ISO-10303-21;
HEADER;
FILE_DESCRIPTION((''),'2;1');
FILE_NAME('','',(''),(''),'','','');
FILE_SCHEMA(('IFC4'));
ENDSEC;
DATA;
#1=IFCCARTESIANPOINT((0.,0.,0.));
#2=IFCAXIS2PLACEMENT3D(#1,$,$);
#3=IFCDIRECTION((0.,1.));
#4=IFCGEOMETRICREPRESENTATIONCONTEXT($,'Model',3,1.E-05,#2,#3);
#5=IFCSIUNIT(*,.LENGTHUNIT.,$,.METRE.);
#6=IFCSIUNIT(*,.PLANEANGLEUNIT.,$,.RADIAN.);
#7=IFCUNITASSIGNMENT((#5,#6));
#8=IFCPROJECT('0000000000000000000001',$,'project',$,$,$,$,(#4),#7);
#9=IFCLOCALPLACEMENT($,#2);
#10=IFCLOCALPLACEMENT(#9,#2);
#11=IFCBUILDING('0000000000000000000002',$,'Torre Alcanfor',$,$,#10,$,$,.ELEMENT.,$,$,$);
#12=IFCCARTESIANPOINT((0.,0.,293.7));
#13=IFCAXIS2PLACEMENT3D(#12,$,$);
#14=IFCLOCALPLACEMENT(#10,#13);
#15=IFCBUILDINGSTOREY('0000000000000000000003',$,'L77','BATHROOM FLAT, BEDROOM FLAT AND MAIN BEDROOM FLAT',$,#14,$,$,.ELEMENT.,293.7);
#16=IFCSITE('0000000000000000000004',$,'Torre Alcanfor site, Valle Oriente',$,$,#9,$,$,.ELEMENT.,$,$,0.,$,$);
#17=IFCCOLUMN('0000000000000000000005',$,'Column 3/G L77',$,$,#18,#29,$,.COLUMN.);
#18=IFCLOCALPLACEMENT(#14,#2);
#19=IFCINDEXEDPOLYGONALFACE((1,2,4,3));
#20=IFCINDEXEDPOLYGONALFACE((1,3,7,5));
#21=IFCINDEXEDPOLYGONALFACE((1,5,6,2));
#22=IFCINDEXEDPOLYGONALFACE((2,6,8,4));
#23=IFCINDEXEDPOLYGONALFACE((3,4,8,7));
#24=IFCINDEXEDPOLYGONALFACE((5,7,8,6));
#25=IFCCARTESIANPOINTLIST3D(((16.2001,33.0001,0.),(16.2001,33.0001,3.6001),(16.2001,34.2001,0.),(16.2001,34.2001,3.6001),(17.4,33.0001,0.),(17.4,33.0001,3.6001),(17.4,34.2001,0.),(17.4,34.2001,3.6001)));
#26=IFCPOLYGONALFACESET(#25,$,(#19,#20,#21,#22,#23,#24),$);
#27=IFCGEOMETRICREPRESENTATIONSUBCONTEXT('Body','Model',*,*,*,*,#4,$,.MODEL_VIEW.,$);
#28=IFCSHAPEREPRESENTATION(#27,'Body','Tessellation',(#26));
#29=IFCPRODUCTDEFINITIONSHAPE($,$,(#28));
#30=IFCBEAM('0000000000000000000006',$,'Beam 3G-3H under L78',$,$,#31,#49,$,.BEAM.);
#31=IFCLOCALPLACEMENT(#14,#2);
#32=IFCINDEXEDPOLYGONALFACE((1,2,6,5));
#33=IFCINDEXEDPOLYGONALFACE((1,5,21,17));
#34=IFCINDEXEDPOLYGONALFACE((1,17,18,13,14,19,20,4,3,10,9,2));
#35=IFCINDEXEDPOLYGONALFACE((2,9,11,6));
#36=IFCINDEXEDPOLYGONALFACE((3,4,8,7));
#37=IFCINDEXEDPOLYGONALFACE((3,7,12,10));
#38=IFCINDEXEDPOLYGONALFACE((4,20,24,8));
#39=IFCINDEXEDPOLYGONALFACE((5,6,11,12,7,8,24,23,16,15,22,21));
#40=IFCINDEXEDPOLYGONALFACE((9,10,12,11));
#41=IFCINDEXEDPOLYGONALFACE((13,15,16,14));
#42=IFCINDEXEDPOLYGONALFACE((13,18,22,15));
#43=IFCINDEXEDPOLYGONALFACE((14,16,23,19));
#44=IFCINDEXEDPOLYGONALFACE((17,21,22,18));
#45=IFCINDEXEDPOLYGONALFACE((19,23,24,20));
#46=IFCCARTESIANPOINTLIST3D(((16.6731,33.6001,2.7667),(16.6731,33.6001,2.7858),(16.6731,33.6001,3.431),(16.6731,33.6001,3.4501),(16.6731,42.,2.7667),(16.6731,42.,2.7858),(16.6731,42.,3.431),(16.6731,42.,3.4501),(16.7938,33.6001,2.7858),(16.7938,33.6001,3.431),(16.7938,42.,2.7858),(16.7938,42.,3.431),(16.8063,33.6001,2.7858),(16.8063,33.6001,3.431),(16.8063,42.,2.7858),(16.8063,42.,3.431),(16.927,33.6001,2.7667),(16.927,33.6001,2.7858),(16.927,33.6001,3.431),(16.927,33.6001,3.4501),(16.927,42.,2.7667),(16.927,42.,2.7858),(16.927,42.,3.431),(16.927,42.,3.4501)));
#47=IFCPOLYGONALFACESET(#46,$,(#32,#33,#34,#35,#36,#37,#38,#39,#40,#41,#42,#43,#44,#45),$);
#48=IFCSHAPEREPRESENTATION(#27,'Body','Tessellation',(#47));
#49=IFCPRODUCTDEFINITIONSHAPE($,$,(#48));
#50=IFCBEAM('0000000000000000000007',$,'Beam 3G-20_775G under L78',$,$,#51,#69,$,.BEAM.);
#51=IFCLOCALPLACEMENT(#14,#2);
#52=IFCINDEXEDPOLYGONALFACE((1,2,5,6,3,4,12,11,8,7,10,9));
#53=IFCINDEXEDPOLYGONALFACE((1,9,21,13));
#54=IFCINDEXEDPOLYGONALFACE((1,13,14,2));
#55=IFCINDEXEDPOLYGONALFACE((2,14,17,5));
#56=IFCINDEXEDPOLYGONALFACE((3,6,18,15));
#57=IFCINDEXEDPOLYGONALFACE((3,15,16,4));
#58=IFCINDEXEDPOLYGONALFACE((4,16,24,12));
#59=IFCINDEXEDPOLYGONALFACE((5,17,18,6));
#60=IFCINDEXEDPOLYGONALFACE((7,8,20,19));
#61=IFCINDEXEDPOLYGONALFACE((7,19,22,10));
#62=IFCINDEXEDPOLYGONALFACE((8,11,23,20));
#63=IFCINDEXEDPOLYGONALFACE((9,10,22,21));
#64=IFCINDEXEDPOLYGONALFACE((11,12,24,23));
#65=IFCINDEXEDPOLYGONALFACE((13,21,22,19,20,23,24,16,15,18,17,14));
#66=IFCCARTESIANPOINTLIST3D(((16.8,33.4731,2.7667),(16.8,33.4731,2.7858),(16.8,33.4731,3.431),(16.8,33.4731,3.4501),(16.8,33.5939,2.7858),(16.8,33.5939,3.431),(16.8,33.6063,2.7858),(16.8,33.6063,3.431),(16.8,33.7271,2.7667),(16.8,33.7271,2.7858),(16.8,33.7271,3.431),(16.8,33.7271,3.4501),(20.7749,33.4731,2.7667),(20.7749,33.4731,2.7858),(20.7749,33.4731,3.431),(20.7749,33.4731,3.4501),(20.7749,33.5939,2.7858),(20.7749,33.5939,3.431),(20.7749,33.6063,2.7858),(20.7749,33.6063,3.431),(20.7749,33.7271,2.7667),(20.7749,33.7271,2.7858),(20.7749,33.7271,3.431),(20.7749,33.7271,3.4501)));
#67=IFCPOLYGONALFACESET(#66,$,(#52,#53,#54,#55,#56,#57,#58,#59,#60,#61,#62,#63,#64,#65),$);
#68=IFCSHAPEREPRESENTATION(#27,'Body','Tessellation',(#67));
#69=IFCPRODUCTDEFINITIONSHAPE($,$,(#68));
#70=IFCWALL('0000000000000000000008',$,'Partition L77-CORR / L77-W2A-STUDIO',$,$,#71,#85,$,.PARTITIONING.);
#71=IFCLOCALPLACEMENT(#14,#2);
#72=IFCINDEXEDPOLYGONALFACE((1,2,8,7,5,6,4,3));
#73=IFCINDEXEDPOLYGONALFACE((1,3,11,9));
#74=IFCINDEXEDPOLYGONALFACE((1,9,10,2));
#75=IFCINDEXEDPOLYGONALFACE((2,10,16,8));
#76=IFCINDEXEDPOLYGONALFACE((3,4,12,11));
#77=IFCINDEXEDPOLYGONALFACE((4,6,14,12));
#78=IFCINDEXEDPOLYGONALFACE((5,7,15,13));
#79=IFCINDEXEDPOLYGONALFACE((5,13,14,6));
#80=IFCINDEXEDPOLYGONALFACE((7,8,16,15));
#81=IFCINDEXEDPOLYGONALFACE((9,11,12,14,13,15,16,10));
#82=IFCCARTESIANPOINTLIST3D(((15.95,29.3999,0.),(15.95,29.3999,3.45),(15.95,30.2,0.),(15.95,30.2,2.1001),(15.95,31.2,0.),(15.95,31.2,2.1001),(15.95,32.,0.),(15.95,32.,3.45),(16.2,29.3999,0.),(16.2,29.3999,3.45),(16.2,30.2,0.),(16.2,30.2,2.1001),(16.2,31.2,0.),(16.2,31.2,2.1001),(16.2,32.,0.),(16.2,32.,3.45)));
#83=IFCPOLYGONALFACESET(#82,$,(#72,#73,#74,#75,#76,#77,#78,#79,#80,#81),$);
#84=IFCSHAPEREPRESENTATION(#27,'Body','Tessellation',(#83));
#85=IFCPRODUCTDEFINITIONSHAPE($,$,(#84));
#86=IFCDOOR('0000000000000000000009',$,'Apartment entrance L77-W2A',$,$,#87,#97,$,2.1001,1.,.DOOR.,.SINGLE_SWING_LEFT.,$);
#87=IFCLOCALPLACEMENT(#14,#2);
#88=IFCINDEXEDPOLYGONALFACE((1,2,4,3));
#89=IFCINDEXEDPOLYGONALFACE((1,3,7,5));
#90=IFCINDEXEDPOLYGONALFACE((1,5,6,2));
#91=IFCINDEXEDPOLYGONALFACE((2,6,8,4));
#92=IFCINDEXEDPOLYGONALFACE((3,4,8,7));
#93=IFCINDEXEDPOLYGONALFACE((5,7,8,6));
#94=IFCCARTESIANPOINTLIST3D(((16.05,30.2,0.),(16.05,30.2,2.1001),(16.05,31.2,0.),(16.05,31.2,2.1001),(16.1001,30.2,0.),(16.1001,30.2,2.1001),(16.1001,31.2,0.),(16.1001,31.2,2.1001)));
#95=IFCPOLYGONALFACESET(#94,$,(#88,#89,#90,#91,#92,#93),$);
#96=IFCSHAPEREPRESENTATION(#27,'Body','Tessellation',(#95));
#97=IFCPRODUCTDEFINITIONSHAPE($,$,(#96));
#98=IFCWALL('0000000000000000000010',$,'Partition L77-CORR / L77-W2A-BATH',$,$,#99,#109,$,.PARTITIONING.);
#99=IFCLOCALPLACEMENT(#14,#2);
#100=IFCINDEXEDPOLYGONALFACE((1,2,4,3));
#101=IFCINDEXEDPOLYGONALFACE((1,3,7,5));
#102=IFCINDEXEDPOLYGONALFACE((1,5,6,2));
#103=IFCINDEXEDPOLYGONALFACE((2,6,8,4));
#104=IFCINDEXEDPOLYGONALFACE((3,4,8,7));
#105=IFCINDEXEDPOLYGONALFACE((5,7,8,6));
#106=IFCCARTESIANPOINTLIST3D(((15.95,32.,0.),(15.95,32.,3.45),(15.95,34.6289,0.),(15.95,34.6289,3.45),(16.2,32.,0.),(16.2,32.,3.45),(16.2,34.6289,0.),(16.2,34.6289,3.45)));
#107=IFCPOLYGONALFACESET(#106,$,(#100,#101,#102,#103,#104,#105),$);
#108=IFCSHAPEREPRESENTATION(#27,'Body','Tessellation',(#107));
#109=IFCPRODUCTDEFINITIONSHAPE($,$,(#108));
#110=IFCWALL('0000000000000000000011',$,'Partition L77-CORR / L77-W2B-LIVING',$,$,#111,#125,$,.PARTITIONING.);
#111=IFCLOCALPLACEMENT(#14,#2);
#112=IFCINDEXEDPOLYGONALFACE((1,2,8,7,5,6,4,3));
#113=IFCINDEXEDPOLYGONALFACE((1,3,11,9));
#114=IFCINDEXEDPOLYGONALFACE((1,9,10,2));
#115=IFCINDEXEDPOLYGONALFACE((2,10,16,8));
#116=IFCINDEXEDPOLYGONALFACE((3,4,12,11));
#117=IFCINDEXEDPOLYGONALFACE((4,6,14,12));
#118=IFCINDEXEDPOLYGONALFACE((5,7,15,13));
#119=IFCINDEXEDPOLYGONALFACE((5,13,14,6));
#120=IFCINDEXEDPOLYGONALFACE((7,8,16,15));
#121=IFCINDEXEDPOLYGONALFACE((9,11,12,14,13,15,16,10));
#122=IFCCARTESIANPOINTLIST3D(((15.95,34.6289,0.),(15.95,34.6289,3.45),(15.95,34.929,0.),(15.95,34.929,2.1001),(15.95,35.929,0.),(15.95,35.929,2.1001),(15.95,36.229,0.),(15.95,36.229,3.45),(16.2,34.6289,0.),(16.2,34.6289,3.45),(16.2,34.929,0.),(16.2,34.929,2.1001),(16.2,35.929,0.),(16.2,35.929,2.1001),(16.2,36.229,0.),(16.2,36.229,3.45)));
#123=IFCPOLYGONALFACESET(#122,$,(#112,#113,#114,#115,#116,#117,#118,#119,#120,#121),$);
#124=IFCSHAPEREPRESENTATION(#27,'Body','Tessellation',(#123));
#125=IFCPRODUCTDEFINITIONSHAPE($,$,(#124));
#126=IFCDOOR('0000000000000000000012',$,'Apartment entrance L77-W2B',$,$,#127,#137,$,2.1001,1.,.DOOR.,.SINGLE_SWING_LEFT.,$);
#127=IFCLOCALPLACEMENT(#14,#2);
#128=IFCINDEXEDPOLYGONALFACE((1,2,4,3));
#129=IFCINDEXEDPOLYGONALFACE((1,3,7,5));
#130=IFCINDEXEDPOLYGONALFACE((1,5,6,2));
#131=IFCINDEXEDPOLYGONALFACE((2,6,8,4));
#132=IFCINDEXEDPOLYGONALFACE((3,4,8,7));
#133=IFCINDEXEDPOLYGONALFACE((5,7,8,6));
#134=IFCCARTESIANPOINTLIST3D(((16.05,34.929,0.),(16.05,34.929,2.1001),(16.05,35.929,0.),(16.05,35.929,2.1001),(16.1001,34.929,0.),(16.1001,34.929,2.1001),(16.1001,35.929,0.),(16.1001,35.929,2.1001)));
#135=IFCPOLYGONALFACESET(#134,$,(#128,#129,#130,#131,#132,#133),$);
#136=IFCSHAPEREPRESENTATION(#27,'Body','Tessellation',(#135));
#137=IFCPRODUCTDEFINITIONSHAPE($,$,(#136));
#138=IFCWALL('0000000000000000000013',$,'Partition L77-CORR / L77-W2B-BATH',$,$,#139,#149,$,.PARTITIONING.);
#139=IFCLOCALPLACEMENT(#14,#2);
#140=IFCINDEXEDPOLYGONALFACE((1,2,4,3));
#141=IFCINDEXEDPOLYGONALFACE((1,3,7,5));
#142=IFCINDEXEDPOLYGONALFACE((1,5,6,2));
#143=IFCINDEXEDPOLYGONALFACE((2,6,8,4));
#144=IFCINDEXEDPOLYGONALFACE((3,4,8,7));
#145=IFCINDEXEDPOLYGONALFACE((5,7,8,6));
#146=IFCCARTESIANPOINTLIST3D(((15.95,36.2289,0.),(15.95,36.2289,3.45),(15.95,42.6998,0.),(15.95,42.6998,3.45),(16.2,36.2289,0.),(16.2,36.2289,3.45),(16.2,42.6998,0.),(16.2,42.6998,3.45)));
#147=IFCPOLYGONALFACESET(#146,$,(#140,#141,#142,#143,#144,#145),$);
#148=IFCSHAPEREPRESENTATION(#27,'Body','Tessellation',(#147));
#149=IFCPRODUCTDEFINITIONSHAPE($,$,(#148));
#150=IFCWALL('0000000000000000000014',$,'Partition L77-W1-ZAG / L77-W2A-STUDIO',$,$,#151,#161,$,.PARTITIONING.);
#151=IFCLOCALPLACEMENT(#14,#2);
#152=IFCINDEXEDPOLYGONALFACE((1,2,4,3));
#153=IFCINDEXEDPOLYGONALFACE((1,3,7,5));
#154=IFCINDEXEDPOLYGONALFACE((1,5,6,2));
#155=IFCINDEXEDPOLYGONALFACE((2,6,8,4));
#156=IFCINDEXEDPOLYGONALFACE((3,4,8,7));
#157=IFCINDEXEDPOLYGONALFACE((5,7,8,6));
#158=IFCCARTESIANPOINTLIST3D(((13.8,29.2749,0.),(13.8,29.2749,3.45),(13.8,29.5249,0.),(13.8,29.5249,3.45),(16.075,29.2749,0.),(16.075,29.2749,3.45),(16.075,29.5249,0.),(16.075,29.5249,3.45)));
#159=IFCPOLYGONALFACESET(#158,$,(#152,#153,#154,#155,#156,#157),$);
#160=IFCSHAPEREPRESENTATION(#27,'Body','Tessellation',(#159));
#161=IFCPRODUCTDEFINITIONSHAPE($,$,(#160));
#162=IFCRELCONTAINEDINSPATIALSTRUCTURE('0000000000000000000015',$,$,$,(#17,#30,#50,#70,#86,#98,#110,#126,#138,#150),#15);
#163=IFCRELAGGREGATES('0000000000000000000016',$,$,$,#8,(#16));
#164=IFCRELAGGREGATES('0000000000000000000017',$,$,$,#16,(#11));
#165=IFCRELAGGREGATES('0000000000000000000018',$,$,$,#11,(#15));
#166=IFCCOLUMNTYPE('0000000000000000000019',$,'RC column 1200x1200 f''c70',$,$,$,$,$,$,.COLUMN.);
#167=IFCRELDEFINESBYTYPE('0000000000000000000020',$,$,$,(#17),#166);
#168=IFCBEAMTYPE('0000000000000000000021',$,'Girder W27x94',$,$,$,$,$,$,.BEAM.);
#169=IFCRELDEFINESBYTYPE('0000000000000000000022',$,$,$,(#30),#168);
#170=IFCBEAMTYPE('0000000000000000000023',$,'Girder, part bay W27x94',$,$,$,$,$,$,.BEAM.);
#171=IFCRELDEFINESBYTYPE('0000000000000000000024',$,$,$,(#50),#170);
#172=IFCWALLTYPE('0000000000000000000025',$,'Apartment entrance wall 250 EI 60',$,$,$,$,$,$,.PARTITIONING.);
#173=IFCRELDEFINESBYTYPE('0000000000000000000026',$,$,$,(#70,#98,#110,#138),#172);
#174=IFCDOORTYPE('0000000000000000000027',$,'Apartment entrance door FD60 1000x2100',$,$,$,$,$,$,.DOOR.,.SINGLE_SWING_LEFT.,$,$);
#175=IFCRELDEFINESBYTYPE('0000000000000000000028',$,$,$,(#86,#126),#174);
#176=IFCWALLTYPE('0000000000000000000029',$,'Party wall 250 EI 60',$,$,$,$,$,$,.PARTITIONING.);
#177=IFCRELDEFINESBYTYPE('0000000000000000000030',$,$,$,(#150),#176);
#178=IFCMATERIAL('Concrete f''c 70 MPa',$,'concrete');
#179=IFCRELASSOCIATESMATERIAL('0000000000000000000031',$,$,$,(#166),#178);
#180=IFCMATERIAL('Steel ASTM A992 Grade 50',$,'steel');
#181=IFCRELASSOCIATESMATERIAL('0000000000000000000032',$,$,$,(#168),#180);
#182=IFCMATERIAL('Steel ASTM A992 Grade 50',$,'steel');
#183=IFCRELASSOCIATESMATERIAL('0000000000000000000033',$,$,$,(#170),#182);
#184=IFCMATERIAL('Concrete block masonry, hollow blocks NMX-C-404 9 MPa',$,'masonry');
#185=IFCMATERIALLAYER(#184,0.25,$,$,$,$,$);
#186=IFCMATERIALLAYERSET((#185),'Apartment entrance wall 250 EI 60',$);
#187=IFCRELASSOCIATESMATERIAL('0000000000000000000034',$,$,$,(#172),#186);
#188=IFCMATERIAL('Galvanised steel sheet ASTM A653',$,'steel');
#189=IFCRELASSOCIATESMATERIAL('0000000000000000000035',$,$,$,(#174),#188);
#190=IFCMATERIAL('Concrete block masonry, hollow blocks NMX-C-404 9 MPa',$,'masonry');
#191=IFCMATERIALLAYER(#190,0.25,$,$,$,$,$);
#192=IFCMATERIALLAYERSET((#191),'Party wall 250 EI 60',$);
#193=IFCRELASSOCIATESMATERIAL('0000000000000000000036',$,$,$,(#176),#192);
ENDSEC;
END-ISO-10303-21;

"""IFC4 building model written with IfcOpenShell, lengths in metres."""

from ifc_helpers import new_model, si_unit, direction, frame, frame_2d, origin, origin_2d, place, context, subcontext, project, spatial, rectangle, i_section, extrude, material, layer, layer_set, material_profile, profile_set, type_object, element, fill, save


model = new_model("IFC4")

# Units and contexts
model_context = context("Model", 3, precision=1e-05, world=origin(), true_north=direction((0.0, 1.0)))
body_context = subcontext(model_context, "Body", "Model", "MODEL_VIEW")
ifc_project = project(units=[si_unit("LENGTHUNIT", "METRE"), si_unit("PLANEANGLEUNIT", "RADIAN")], contexts=[model_context])

# Site, building, storey
site_placement = place(None, origin())
site = spatial("IfcSite", under=ifc_project, at=site_placement, Name="Torre Alcanfor site, Valle Oriente", CompositionType="ELEMENT", RefElevation=0.0)
building_placement = place(site_placement, origin())
building = spatial("IfcBuilding", under=site, at=building_placement, Name="Torre Alcanfor", CompositionType="ELEMENT")
storey_placement = place(building_placement, frame((0.0, 0.0, 293.7)))
storey = spatial("IfcBuildingStorey", under=building, at=storey_placement, Name="L77", Description="BATHROOM FLAT, BEDROOM FLAT AND MAIN BEDROOM FLAT", CompositionType="ELEMENT", Elevation=293.7)

# Column
ifc_material_1 = material(Name="Concrete f'c 70 MPa", Category="concrete")
ifc_material_profile_1 = material_profile(ifc_material_1, rectangle(XDim=1.2, YDim=1.2, at=origin_2d()), Name="1200x1200")
ifc_profile_set_1 = profile_set([ifc_material_profile_1], Name="Concrete f'c 70 MPa")
column_type = type_object("IfcColumnType", Name="RC column 1200x1200 f'c70", PredefinedType="COLUMN", material=ifc_profile_set_1)
column_placement = place(storey_placement, frame((16.8, 33.6001, 0.0), z_axis=(0.0, 0.0, 1.0), x_axis=(1.0, 0.0, 0.0)))
element("IfcColumn", 1, at=column_placement, inside=storey, type_object=column_type, Name="Column 3/G L77", PredefinedType="COLUMN", context=body_context, shape_type="SweptSolid", body=[
    extrude(rectangle(XDim=1.2, YDim=1.2, at=origin_2d()), origin(), (0.0, 0.0, 1.0), 3.6001),
])

# Beams
ifc_material_2 = material(Name="Steel ASTM A992 Grade 50", Category="steel")
ifc_material_profile_2 = material_profile(ifc_material_2, i_section(OverallWidth=0.2539, OverallDepth=0.6833, WebThickness=0.0125, FlangeThickness=0.019, at=origin_2d()), Name="W27x94")
ifc_profile_set_2 = profile_set([ifc_material_profile_2], Name="Steel ASTM A992 Grade 50")
beam_type_1 = type_object("IfcBeamType", Name="Girder W27x94", PredefinedType="BEAM", material=ifc_profile_set_2)
beam_1_placement = place(storey_placement, frame((16.8, 33.6001, 3.1084), z_axis=(0.0, 1.0, 0.0), x_axis=(-1.0, 0.0, 0.0)))
element("IfcBeam", 2, at=beam_1_placement, inside=storey, type_object=beam_type_1, Name="Beam 3G-3H under L78", PredefinedType="BEAM", context=body_context, shape_type="SweptSolid", body=[
    extrude(i_section(OverallWidth=0.2539, OverallDepth=0.6833, WebThickness=0.0125, FlangeThickness=0.019, at=origin_2d()), origin(), (0.0, 0.0, 1.0), 8.3999),
])
ifc_material_3 = material(Name="Steel ASTM A992 Grade 50", Category="steel")
ifc_material_profile_3 = material_profile(ifc_material_3, i_section(OverallWidth=0.2539, OverallDepth=0.6833, WebThickness=0.0125, FlangeThickness=0.019, at=origin_2d()), Name="W27x94")
ifc_profile_set_3 = profile_set([ifc_material_profile_3], Name="Steel ASTM A992 Grade 50")
beam_type_2 = type_object("IfcBeamType", Name="Girder, part bay W27x94", PredefinedType="BEAM", material=ifc_profile_set_3)
beam_2_placement = place(storey_placement, frame((16.8, 33.6001, 3.1084), z_axis=(1.0, 0.0, 0.0), x_axis=(0.0, 1.0, 0.0)))
element("IfcBeam", 3, at=beam_2_placement, inside=storey, type_object=beam_type_2, Name="Beam 3G-20_775G under L78", PredefinedType="BEAM", context=body_context, shape_type="SweptSolid", body=[
    extrude(i_section(OverallWidth=0.2539, OverallDepth=0.6833, WebThickness=0.0125, FlangeThickness=0.019, at=origin_2d()), origin(), (0.0, 0.0, 1.0), 3.9749),
])

# Wall, opening, door
ifc_material_4 = material(Name="Concrete block masonry, hollow blocks NMX-C-404 9 MPa", Category="masonry")
ifc_layer_1 = layer(ifc_material_4, 0.25)
ifc_layer_set_1 = layer_set([ifc_layer_1], Name="Apartment entrance wall 250 EI 60")
wall_type_1 = type_object("IfcWallType", Name="Apartment entrance wall 250 EI 60", PredefinedType="PARTITIONING", material=ifc_layer_set_1)
wall_1_placement = place(storey_placement, frame((16.075, 29.3999, 0.0), z_axis=(0.0, 0.0, 1.0), x_axis=(0.0, 1.0, 0.0)))
wall_1 = element("IfcWall", 4, at=wall_1_placement, inside=storey, type_object=wall_type_1, Name="Partition L77-CORR / L77-W2A-STUDIO", PredefinedType="PARTITIONING", context=body_context, shape_type="SweptSolid", body=[
    extrude(rectangle(XDim=2.6001, YDim=0.25, at=frame_2d((1.3, 0.0))), origin(), (0.0, 0.0, 1.0), 3.45),
])
opening_1_placement = place(wall_1_placement, frame((0.8, 0.0, 0.0)))
opening_1 = element("IfcOpeningElement", 5, at=opening_1_placement, cuts=wall_1, PredefinedType="OPENING", context=body_context, shape_type="SweptSolid", body=[
    extrude(rectangle(XDim=1.0, YDim=2.1001, at=frame_2d((0.5, 1.05))), frame((0.0, 0.135, 0.0), z_axis=(0.0, -1.0, 0.0), x_axis=(1.0, 0.0, 0.0)), (0.0, 0.0, 1.0), 0.27),
])
ifc_material_5 = material(Name="Galvanised steel sheet ASTM A653", Category="steel")
door_type_1 = type_object("IfcDoorType", Name="Apartment entrance door FD60 1000x2100", OperationType="SINGLE_SWING_LEFT", PredefinedType="DOOR", material=ifc_material_5)
door_1_placement = place(opening_1_placement, origin())
door_1 = element("IfcDoor", 6, at=door_1_placement, inside=storey, type_object=door_type_1, Name="Apartment entrance L77-W2A", OperationType="SINGLE_SWING_LEFT", OverallHeight=2.1001, OverallWidth=1.0, PredefinedType="DOOR", context=body_context, shape_type="SweptSolid", body=[
    extrude(rectangle(XDim=1.0, YDim=2.1001, at=frame_2d((0.5, 1.05))), frame((0.0, 0.0249, 0.0), z_axis=(0.0, -1.0, 0.0), x_axis=(1.0, 0.0, 0.0)), (0.0, 0.0, 1.0), 0.05),
])
fill(opening_1, door_1)

# Wall
wall_2_placement = place(storey_placement, frame((16.075, 32.0, 0.0), z_axis=(0.0, 0.0, 1.0), x_axis=(0.0, 1.0, 0.0)))
element("IfcWall", 7, at=wall_2_placement, inside=storey, type_object=wall_type_1, Name="Partition L77-CORR / L77-W2A-BATH", PredefinedType="PARTITIONING", context=body_context, shape_type="SweptSolid", body=[
    extrude(rectangle(XDim=2.6289, YDim=0.25, at=frame_2d((1.3145, 0.0))), origin(), (0.0, 0.0, 1.0), 3.45),
])

# Wall, opening, door
wall_3_placement = place(storey_placement, frame((16.075, 34.6289, 0.0), z_axis=(0.0, 0.0, 1.0), x_axis=(0.0, 1.0, 0.0)))
wall_3 = element("IfcWall", 8, at=wall_3_placement, inside=storey, type_object=wall_type_1, Name="Partition L77-CORR / L77-W2B-LIVING", PredefinedType="PARTITIONING", context=body_context, shape_type="SweptSolid", body=[
    extrude(rectangle(XDim=1.6001, YDim=0.25, at=frame_2d((0.8, 0.0))), origin(), (0.0, 0.0, 1.0), 3.45),
])
opening_2_placement = place(wall_3_placement, frame((0.3, 0.0, 0.0)))
opening_2 = element("IfcOpeningElement", 9, at=opening_2_placement, cuts=wall_3, PredefinedType="OPENING", context=body_context, shape_type="SweptSolid", body=[
    extrude(rectangle(XDim=1.0, YDim=2.1001, at=frame_2d((0.5, 1.05))), frame((0.0, 0.135, 0.0), z_axis=(0.0, -1.0, 0.0), x_axis=(1.0, 0.0, 0.0)), (0.0, 0.0, 1.0), 0.27),
])
door_2_placement = place(opening_2_placement, origin())
door_2 = element("IfcDoor", 10, at=door_2_placement, inside=storey, type_object=door_type_1, Name="Apartment entrance L77-W2B", OperationType="SINGLE_SWING_LEFT", OverallHeight=2.1001, OverallWidth=1.0, PredefinedType="DOOR", context=body_context, shape_type="SweptSolid", body=[
    extrude(rectangle(XDim=1.0, YDim=2.1001, at=frame_2d((0.5, 1.05))), frame((0.0, 0.0249, 0.0), z_axis=(0.0, -1.0, 0.0), x_axis=(1.0, 0.0, 0.0)), (0.0, 0.0, 1.0), 0.05),
])
fill(opening_2, door_2)

# Walls
wall_4_placement = place(storey_placement, frame((16.075, 36.229, 0.0), z_axis=(0.0, 0.0, 1.0), x_axis=(0.0, 1.0, 0.0)))
element("IfcWall", 11, at=wall_4_placement, inside=storey, type_object=wall_type_1, Name="Partition L77-CORR / L77-W2B-BATH", PredefinedType="PARTITIONING", context=body_context, shape_type="SweptSolid", body=[
    extrude(rectangle(XDim=6.4709, YDim=0.25, at=frame_2d((3.2354, 0.0))), origin(), (0.0, 0.0, 1.0), 3.45),
])
ifc_material_6 = material(Name="Concrete block masonry, hollow blocks NMX-C-404 9 MPa", Category="masonry")
ifc_layer_2 = layer(ifc_material_6, 0.25)
ifc_layer_set_2 = layer_set([ifc_layer_2], Name="Party wall 250 EI 60")
wall_type_2 = type_object("IfcWallType", Name="Party wall 250 EI 60", PredefinedType="PARTITIONING", material=ifc_layer_set_2)
wall_5_placement = place(storey_placement, frame((16.075, 29.3999, 0.0), z_axis=(0.0, 0.0, 1.0), x_axis=(-1.0, 0.0, 0.0)))
element("IfcWall", 12, at=wall_5_placement, inside=storey, type_object=wall_type_2, Name="Partition L77-W1-ZAG / L77-W2A-STUDIO", PredefinedType="PARTITIONING", context=body_context, shape_type="SweptSolid", body=[
    extrude(rectangle(XDim=2.2749, YDim=0.25, at=frame_2d((1.1375, 0.0))), origin(), (0.0, 0.0, 1.0), 3.45),
])

save(model, "model.ifc")
